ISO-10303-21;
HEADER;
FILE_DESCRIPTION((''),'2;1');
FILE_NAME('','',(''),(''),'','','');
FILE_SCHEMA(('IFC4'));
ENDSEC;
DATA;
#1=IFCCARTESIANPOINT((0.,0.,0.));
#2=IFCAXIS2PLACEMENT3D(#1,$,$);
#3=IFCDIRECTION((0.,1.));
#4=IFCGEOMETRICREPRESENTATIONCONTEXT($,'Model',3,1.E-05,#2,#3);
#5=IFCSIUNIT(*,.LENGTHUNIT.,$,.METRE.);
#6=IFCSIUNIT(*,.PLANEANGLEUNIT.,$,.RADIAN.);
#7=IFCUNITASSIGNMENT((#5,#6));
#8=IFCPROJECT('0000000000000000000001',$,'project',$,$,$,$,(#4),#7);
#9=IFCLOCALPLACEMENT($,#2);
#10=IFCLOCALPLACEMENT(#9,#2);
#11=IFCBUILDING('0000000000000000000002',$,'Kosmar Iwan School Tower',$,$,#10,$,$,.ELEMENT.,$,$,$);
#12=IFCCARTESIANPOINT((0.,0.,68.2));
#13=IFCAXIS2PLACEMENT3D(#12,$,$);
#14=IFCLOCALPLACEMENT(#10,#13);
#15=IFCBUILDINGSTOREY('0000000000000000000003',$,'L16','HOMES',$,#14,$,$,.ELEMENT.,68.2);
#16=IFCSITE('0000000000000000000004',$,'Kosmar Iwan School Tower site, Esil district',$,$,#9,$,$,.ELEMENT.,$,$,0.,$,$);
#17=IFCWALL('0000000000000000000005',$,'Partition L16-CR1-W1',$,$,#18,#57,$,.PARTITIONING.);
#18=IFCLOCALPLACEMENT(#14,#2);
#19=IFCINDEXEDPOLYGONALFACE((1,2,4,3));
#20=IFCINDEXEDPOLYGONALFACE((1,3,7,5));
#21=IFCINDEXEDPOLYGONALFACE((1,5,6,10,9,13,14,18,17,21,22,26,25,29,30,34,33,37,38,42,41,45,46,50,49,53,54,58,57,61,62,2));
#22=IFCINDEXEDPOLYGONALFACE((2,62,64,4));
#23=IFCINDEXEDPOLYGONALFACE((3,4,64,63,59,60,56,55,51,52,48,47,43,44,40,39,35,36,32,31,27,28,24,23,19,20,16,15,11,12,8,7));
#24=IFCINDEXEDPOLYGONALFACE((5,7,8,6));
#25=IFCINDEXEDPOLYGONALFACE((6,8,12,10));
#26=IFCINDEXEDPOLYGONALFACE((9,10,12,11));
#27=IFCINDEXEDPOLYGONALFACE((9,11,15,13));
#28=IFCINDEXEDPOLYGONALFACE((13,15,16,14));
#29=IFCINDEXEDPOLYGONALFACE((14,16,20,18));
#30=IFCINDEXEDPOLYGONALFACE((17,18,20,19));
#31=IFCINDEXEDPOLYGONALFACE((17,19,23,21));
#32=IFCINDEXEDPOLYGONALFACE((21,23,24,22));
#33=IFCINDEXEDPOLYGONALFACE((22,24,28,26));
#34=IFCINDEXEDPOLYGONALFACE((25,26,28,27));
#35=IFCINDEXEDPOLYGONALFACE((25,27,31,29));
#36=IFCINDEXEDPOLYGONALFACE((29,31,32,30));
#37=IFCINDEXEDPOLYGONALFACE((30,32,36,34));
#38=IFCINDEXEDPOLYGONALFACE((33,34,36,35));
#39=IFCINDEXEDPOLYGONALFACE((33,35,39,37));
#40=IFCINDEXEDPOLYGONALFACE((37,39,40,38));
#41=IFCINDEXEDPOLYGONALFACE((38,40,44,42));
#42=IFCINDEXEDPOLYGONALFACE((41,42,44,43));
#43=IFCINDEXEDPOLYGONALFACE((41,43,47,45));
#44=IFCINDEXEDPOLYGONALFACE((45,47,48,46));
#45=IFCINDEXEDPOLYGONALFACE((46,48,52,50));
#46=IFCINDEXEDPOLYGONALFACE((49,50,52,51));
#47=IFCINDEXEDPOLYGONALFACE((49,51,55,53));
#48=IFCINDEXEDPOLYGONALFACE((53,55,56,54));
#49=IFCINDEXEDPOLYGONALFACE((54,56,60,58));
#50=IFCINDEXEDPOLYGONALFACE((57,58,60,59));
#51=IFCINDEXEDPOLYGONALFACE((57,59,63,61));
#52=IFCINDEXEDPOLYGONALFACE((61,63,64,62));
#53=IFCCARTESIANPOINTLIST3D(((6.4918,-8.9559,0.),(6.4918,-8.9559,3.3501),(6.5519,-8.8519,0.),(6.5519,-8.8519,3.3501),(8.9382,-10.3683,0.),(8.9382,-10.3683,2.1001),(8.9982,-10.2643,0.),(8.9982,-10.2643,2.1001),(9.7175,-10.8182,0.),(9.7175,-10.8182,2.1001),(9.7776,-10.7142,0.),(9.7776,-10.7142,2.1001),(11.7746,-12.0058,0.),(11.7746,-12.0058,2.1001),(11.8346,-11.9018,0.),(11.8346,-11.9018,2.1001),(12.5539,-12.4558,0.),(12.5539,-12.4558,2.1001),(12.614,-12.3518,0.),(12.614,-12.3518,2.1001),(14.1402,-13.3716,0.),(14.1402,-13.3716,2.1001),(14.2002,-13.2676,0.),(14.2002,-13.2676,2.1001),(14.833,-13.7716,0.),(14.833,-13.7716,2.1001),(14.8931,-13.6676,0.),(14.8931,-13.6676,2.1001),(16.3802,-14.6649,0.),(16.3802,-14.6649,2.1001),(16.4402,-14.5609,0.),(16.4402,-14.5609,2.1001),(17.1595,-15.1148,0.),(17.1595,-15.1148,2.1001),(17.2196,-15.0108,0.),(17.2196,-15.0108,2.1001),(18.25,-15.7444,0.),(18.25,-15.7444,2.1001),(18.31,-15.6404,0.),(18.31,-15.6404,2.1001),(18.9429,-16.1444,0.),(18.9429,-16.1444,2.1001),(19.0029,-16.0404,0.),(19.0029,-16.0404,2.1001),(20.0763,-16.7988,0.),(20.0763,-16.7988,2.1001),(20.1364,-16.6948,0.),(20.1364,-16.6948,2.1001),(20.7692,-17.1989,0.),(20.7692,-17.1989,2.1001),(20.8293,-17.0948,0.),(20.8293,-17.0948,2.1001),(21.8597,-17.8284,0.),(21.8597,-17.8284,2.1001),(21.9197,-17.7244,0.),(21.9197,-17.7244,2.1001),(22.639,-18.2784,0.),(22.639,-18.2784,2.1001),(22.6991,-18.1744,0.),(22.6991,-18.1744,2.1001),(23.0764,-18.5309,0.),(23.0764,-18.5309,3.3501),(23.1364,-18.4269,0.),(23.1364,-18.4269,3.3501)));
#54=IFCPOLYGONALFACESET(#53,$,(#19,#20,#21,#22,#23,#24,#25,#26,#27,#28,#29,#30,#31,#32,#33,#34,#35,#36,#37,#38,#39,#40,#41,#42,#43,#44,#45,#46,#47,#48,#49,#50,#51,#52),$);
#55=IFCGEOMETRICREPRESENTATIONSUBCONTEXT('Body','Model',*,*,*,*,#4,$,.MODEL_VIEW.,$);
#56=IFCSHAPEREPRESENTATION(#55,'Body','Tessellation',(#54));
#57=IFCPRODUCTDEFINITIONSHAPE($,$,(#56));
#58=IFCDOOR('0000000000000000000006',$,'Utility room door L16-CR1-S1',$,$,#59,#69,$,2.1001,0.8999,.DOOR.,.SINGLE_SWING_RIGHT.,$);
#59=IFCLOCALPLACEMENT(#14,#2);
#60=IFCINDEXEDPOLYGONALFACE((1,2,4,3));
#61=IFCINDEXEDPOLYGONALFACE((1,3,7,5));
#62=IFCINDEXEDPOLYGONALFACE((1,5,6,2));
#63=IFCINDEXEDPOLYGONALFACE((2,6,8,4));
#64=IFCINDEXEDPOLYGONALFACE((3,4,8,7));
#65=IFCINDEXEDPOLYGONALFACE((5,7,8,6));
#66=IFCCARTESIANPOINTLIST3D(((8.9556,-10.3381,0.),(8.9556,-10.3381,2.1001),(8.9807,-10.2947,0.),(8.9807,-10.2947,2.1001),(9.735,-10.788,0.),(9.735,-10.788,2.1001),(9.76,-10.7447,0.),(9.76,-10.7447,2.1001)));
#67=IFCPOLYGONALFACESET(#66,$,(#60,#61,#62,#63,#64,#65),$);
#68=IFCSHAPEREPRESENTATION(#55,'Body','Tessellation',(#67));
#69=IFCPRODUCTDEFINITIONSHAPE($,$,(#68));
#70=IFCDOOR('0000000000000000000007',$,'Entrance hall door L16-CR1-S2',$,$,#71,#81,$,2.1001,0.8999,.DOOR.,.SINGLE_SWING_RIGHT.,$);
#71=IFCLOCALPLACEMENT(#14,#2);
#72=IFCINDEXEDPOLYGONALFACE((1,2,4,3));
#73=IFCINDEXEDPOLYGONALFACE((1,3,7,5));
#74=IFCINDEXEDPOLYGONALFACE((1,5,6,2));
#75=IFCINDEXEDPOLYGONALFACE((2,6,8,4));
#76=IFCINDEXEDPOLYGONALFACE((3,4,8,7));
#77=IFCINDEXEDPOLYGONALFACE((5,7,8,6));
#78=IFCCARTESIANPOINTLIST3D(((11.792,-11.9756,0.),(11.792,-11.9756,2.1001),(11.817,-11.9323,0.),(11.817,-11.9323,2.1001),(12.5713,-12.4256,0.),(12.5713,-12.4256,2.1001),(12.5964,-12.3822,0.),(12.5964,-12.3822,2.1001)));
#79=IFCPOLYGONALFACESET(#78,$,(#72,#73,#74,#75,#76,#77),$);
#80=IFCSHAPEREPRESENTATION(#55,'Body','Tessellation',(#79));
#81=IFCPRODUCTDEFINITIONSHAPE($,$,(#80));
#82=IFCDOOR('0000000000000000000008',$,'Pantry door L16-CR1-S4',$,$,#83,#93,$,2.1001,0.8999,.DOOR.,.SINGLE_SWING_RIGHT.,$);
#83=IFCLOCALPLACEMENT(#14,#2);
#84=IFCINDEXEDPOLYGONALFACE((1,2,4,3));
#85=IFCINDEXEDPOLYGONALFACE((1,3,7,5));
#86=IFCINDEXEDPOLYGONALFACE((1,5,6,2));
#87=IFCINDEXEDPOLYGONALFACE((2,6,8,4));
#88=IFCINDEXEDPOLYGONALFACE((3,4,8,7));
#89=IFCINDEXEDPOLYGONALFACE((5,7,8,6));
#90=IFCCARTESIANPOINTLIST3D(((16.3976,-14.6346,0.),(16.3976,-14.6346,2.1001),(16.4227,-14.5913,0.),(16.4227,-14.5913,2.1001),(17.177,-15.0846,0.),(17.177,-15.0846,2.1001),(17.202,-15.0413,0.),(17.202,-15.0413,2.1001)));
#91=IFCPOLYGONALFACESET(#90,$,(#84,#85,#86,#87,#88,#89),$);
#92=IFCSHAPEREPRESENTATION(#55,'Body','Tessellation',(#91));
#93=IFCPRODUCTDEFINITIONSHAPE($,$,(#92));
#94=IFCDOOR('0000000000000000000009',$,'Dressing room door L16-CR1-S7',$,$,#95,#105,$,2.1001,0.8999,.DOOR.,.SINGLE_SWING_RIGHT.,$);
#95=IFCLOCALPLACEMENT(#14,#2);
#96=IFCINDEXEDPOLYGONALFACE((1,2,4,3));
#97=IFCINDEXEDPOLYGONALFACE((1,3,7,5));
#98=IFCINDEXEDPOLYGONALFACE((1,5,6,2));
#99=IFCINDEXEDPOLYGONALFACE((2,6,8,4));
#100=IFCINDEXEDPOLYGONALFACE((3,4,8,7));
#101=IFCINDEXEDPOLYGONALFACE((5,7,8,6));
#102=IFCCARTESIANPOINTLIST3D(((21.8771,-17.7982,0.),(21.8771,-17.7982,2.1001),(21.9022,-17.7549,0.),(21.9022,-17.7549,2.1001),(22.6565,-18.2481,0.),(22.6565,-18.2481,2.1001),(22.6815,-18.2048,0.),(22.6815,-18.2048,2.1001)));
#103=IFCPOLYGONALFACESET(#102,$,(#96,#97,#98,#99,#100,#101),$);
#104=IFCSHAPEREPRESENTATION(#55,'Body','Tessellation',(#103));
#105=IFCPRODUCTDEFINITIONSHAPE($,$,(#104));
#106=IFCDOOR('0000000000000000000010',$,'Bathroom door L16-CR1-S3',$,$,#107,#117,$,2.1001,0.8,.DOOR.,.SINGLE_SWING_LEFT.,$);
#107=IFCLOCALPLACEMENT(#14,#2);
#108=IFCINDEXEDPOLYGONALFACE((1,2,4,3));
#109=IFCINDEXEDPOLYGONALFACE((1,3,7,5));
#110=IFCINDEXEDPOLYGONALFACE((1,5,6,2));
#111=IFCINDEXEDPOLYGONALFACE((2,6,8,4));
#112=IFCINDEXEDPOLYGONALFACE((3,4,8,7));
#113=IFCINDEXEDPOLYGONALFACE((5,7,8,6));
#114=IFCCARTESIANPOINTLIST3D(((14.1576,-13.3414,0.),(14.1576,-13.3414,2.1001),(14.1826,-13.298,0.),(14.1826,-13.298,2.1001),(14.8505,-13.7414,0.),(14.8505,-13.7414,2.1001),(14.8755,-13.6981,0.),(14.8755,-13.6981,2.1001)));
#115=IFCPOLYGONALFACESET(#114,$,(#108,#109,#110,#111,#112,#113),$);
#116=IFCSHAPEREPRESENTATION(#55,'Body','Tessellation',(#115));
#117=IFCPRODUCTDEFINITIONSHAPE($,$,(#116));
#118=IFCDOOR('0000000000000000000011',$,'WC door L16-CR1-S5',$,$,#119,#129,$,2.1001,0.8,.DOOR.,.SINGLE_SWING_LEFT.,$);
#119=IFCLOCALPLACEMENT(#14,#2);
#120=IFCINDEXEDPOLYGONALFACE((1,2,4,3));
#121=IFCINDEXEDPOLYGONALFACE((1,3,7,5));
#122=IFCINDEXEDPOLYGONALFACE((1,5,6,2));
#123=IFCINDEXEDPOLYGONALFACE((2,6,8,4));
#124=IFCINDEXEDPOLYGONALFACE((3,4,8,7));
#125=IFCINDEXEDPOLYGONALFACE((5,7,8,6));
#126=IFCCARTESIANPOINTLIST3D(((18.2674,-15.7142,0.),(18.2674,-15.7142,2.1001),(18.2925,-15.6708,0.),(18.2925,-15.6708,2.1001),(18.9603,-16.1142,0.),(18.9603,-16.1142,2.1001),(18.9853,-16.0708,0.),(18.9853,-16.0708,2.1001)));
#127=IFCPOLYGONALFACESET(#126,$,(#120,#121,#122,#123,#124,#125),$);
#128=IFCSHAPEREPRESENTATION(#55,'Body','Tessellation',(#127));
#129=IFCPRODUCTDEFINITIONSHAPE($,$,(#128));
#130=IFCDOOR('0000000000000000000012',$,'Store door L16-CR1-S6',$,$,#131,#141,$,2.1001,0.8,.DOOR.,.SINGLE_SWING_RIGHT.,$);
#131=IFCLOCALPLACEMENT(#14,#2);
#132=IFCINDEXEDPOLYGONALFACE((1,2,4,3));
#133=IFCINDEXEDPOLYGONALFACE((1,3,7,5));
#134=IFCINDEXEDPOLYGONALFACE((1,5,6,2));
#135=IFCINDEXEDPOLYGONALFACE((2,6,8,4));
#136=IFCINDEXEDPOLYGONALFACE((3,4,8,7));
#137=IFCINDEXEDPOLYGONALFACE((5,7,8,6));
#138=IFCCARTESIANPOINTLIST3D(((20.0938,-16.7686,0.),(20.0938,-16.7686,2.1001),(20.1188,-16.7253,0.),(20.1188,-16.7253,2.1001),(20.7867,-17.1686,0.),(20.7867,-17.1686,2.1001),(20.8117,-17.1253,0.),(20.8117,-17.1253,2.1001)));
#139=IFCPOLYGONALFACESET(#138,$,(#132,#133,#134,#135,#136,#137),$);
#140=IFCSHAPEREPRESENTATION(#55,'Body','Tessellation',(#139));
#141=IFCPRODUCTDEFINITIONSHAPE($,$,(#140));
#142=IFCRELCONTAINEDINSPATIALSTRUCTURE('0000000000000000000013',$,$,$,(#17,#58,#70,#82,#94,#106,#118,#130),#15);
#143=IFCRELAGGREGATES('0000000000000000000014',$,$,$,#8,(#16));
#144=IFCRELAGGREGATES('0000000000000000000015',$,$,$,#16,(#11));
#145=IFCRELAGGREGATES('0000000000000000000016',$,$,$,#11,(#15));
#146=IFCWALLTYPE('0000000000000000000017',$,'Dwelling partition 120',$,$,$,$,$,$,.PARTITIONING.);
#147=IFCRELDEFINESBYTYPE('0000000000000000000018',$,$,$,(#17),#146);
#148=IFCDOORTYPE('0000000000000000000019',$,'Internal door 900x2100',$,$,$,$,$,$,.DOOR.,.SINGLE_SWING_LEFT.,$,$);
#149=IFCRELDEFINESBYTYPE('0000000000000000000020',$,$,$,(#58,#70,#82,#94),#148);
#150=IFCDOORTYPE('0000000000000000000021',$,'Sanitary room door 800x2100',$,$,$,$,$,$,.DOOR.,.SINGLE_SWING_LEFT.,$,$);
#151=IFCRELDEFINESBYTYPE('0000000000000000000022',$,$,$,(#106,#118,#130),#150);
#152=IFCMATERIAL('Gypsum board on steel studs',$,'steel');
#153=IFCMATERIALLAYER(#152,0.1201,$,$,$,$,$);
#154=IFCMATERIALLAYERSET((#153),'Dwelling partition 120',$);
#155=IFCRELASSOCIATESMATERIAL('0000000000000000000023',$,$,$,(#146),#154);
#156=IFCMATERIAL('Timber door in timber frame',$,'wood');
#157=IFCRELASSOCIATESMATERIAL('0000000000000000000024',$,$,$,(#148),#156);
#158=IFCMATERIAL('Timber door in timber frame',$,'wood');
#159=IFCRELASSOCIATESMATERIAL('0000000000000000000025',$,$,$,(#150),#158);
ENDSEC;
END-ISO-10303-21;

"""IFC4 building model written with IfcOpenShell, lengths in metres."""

from ifc_helpers import new_model, si_unit, direction, frame, frame_2d, origin, place, context, subcontext, project, spatial, rectangle, extrude, material, layer, layer_set, type_object, element, fill, save


model = new_model("IFC4")

# Units and contexts
model_context = context("Model", 3, precision=1e-05, world=origin(), true_north=direction((0.0, 1.0)))
body_context = subcontext(model_context, "Body", "Model", "MODEL_VIEW")
ifc_project = project(units=[si_unit("LENGTHUNIT", "METRE"), si_unit("PLANEANGLEUNIT", "RADIAN")], contexts=[model_context])

# Site, building, storey
site_placement = place(None, origin())
site = spatial("IfcSite", under=ifc_project, at=site_placement, Name="Kosmar Iwan School Tower site, Esil district", CompositionType="ELEMENT", RefElevation=0.0)
building_placement = place(site_placement, origin())
building = spatial("IfcBuilding", under=site, at=building_placement, Name="Kosmar Iwan School Tower", CompositionType="ELEMENT")
storey_placement = place(building_placement, frame((0.0, 0.0, 68.2)))
storey = spatial("IfcBuildingStorey", under=building, at=storey_placement, Name="L16", Description="HOMES", CompositionType="ELEMENT", Elevation=68.2)

# Wall, openings, doors
ifc_material_1 = material(Name="Gypsum board on steel studs", Category="steel")
ifc_layer_1 = layer(ifc_material_1, 0.1201)
ifc_layer_set_1 = layer_set([ifc_layer_1], Name="Dwelling partition 120")
wall_type_1 = type_object("IfcWallType", Name="Dwelling partition 120", PredefinedType="PARTITIONING", material=ifc_layer_set_1)
wall_1_placement = place(storey_placement, frame((6.5217, -8.9038, 0.0), z_axis=(0.0, 0.0, 1.0), x_axis=(0.866028, -0.499996, 0.0)))
wall_1 = element("IfcWall", 1, at=wall_1_placement, inside=storey, type_object=wall_type_1, Name="Partition L16-CR1-W1", PredefinedType="PARTITIONING", context=body_context, shape_type="SweptSolid", body=[
    extrude(rectangle(XDim=19.1501, YDim=0.1201, at=frame_2d((9.5752, 0.0))), origin(), (0.0, 0.0, 1.0), 3.3501),
])
opening_1_placement = place(wall_1_placement, frame((2.825, 0.0, 0.0)))
opening_1 = element("IfcOpeningElement", 2, at=opening_1_placement, cuts=wall_1, PredefinedType="OPENING", context=body_context, shape_type="SweptSolid", body=[
    extrude(rectangle(XDim=0.8999, YDim=2.1001, at=frame_2d((0.45, 1.05))), frame((0.0, 0.072, 0.0), z_axis=(0.0, -1.0, 0.0), x_axis=(1.0, 0.0, 0.0)), (0.0, 0.0, 1.0), 0.144),
])
opening_2_placement = place(wall_1_placement, frame((6.1001, 0.0, 0.0)))
opening_2 = element("IfcOpeningElement", 3, at=opening_2_placement, cuts=wall_1, PredefinedType="OPENING", context=body_context, shape_type="SweptSolid", body=[
    extrude(rectangle(XDim=0.8999, YDim=2.1001, at=frame_2d((0.45, 1.05))), frame((0.0, 0.072, 0.0), z_axis=(0.0, -1.0, 0.0), x_axis=(1.0, 0.0, 0.0)), (0.0, 0.0, 1.0), 0.144),
])
opening_3_placement = place(wall_1_placement, frame((8.8318, 0.0, 0.0)))
opening_3 = element("IfcOpeningElement", 4, at=opening_3_placement, cuts=wall_1, PredefinedType="OPENING", context=body_context, shape_type="SweptSolid", body=[
    extrude(rectangle(XDim=0.8, YDim=2.1001, at=frame_2d((0.3999, 1.05))), frame((0.0, 0.072, 0.0), z_axis=(0.0, -1.0, 0.0), x_axis=(1.0, 0.0, 0.0)), (0.0, 0.0, 1.0), 0.144),
])
opening_4_placement = place(wall_1_placement, frame((11.4182, 0.0, 0.0)))
opening_4 = element("IfcOpeningElement", 5, at=opening_4_placement, cuts=wall_1, PredefinedType="OPENING", context=body_context, shape_type="SweptSolid", body=[
    extrude(rectangle(XDim=0.8999, YDim=2.1001, at=frame_2d((0.45, 1.05))), frame((0.0, 0.072, 0.0), z_axis=(0.0, -1.0, 0.0), x_axis=(1.0, 0.0, 0.0)), (0.0, 0.0, 1.0), 0.144),
])
opening_5_placement = place(wall_1_placement, frame((13.5774, 0.0, 0.0)))
opening_5 = element("IfcOpeningElement", 6, at=opening_5_placement, cuts=wall_1, PredefinedType="OPENING", context=body_context, shape_type="SweptSolid", body=[
    extrude(rectangle(XDim=0.8, YDim=2.1001, at=frame_2d((0.3999, 1.05))), frame((0.0, 0.072, 0.0), z_axis=(0.0, -1.0, 0.0), x_axis=(1.0, 0.0, 0.0)), (0.0, 0.0, 1.0), 0.144),
])
opening_6_placement = place(wall_1_placement, frame((15.6863, 0.0, 0.0)))
opening_6 = element("IfcOpeningElement", 7, at=opening_6_placement, cuts=wall_1, PredefinedType="OPENING", context=body_context, shape_type="SweptSolid", body=[
    extrude(rectangle(XDim=0.8, YDim=2.1001, at=frame_2d((0.3999, 1.05))), frame((0.0, 0.072, 0.0), z_axis=(0.0, -1.0, 0.0), x_axis=(1.0, 0.0, 0.0)), (0.0, 0.0, 1.0), 0.144),
])
opening_7_placement = place(wall_1_placement, frame((17.7454, 0.0, 0.0)))
opening_7 = element("IfcOpeningElement", 8, at=opening_7_placement, cuts=wall_1, PredefinedType="OPENING", context=body_context, shape_type="SweptSolid", body=[
    extrude(rectangle(XDim=0.8999, YDim=2.1001, at=frame_2d((0.45, 1.05))), frame((0.0, 0.072, 0.0), z_axis=(0.0, -1.0, 0.0), x_axis=(1.0, 0.0, 0.0)), (0.0, 0.0, 1.0), 0.144),
])
ifc_material_2 = material(Name="Timber door in timber frame", Category="wood")
door_type_1 = type_object("IfcDoorType", Name="Internal door 900x2100", OperationType="SINGLE_SWING_LEFT", PredefinedType="DOOR", material=ifc_material_2)
door_1_placement = place(opening_1_placement, origin())
door_1 = element("IfcDoor", 9, at=door_1_placement, inside=storey, type_object=door_type_1, Name="Utility room door L16-CR1-S1", OperationType="SINGLE_SWING_RIGHT", OverallHeight=2.1001, OverallWidth=0.8999, PredefinedType="DOOR", context=body_context, shape_type="SweptSolid", body=[
    extrude(rectangle(XDim=0.8999, YDim=2.1001, at=frame_2d((0.45, 1.05))), frame((0.0, 0.0249, 0.0), z_axis=(0.0, -1.0, 0.0), x_axis=(1.0, 0.0, 0.0)), (0.0, 0.0, 1.0), 0.05),
])
fill(opening_1, door_1)
door_2_placement = place(opening_2_placement, origin())
door_2 = element("IfcDoor", 10, at=door_2_placement, inside=storey, type_object=door_type_1, Name="Entrance hall door L16-CR1-S2", OperationType="SINGLE_SWING_RIGHT", OverallHeight=2.1001, OverallWidth=0.8999, PredefinedType="DOOR", context=body_context, shape_type="SweptSolid", body=[
    extrude(rectangle(XDim=0.8999, YDim=2.1001, at=frame_2d((0.45, 1.05))), frame((0.0, 0.0249, 0.0), z_axis=(0.0, -1.0, 0.0), x_axis=(1.0, 0.0, 0.0)), (0.0, 0.0, 1.0), 0.05),
])
fill(opening_2, door_2)
door_3_placement = place(opening_4_placement, origin())
door_3 = element("IfcDoor", 11, at=door_3_placement, inside=storey, type_object=door_type_1, Name="Pantry door L16-CR1-S4", OperationType="SINGLE_SWING_RIGHT", OverallHeight=2.1001, OverallWidth=0.8999, PredefinedType="DOOR", context=body_context, shape_type="SweptSolid", body=[
    extrude(rectangle(XDim=0.8999, YDim=2.1001, at=frame_2d((0.45, 1.05))), frame((0.0, 0.0249, 0.0), z_axis=(0.0, -1.0, 0.0), x_axis=(1.0, 0.0, 0.0)), (0.0, 0.0, 1.0), 0.05),
])
fill(opening_4, door_3)
door_4_placement = place(opening_7_placement, origin())
door_4 = element("IfcDoor", 12, at=door_4_placement, inside=storey, type_object=door_type_1, Name="Dressing room door L16-CR1-S7", OperationType="SINGLE_SWING_RIGHT", OverallHeight=2.1001, OverallWidth=0.8999, PredefinedType="DOOR", context=body_context, shape_type="SweptSolid", body=[
    extrude(rectangle(XDim=0.8999, YDim=2.1001, at=frame_2d((0.45, 1.05))), frame((0.0, 0.0249, 0.0), z_axis=(0.0, -1.0, 0.0), x_axis=(1.0, 0.0, 0.0)), (0.0, 0.0, 1.0), 0.05),
])
fill(opening_7, door_4)
ifc_material_3 = material(Name="Timber door in timber frame", Category="wood")
door_type_2 = type_object("IfcDoorType", Name="Sanitary room door 800x2100", OperationType="SINGLE_SWING_LEFT", PredefinedType="DOOR", material=ifc_material_3)
door_5_placement = place(opening_3_placement, origin())
door_5 = element("IfcDoor", 13, at=door_5_placement, inside=storey, type_object=door_type_2, Name="Bathroom door L16-CR1-S3", OperationType="SINGLE_SWING_LEFT", OverallHeight=2.1001, OverallWidth=0.8, PredefinedType="DOOR", context=body_context, shape_type="SweptSolid", body=[
    extrude(rectangle(XDim=0.8, YDim=2.1001, at=frame_2d((0.3999, 1.05))), frame((0.0, 0.0249, 0.0), z_axis=(0.0, -1.0, 0.0), x_axis=(1.0, 0.0, 0.0)), (0.0, 0.0, 1.0), 0.05),
])
fill(opening_3, door_5)
door_6_placement = place(opening_5_placement, origin())
door_6 = element("IfcDoor", 14, at=door_6_placement, inside=storey, type_object=door_type_2, Name="WC door L16-CR1-S5", OperationType="SINGLE_SWING_LEFT", OverallHeight=2.1001, OverallWidth=0.8, PredefinedType="DOOR", context=body_context, shape_type="SweptSolid", body=[
    extrude(rectangle(XDim=0.8, YDim=2.1001, at=frame_2d((0.3999, 1.05))), frame((0.0, 0.0249, 0.0), z_axis=(0.0, -1.0, 0.0), x_axis=(1.0, 0.0, 0.0)), (0.0, 0.0, 1.0), 0.05),
])
fill(opening_5, door_6)
door_7_placement = place(opening_6_placement, origin())
door_7 = element("IfcDoor", 15, at=door_7_placement, inside=storey, type_object=door_type_2, Name="Store door L16-CR1-S6", OperationType="SINGLE_SWING_RIGHT", OverallHeight=2.1001, OverallWidth=0.8, PredefinedType="DOOR", context=body_context, shape_type="SweptSolid", body=[
    extrude(rectangle(XDim=0.8, YDim=2.1001, at=frame_2d((0.3999, 1.05))), frame((0.0, 0.0249, 0.0), z_axis=(0.0, -1.0, 0.0), x_axis=(1.0, 0.0, 0.0)), (0.0, 0.0, 1.0), 0.05),
])
fill(opening_6, door_7)

save(model, "model.ifc")
